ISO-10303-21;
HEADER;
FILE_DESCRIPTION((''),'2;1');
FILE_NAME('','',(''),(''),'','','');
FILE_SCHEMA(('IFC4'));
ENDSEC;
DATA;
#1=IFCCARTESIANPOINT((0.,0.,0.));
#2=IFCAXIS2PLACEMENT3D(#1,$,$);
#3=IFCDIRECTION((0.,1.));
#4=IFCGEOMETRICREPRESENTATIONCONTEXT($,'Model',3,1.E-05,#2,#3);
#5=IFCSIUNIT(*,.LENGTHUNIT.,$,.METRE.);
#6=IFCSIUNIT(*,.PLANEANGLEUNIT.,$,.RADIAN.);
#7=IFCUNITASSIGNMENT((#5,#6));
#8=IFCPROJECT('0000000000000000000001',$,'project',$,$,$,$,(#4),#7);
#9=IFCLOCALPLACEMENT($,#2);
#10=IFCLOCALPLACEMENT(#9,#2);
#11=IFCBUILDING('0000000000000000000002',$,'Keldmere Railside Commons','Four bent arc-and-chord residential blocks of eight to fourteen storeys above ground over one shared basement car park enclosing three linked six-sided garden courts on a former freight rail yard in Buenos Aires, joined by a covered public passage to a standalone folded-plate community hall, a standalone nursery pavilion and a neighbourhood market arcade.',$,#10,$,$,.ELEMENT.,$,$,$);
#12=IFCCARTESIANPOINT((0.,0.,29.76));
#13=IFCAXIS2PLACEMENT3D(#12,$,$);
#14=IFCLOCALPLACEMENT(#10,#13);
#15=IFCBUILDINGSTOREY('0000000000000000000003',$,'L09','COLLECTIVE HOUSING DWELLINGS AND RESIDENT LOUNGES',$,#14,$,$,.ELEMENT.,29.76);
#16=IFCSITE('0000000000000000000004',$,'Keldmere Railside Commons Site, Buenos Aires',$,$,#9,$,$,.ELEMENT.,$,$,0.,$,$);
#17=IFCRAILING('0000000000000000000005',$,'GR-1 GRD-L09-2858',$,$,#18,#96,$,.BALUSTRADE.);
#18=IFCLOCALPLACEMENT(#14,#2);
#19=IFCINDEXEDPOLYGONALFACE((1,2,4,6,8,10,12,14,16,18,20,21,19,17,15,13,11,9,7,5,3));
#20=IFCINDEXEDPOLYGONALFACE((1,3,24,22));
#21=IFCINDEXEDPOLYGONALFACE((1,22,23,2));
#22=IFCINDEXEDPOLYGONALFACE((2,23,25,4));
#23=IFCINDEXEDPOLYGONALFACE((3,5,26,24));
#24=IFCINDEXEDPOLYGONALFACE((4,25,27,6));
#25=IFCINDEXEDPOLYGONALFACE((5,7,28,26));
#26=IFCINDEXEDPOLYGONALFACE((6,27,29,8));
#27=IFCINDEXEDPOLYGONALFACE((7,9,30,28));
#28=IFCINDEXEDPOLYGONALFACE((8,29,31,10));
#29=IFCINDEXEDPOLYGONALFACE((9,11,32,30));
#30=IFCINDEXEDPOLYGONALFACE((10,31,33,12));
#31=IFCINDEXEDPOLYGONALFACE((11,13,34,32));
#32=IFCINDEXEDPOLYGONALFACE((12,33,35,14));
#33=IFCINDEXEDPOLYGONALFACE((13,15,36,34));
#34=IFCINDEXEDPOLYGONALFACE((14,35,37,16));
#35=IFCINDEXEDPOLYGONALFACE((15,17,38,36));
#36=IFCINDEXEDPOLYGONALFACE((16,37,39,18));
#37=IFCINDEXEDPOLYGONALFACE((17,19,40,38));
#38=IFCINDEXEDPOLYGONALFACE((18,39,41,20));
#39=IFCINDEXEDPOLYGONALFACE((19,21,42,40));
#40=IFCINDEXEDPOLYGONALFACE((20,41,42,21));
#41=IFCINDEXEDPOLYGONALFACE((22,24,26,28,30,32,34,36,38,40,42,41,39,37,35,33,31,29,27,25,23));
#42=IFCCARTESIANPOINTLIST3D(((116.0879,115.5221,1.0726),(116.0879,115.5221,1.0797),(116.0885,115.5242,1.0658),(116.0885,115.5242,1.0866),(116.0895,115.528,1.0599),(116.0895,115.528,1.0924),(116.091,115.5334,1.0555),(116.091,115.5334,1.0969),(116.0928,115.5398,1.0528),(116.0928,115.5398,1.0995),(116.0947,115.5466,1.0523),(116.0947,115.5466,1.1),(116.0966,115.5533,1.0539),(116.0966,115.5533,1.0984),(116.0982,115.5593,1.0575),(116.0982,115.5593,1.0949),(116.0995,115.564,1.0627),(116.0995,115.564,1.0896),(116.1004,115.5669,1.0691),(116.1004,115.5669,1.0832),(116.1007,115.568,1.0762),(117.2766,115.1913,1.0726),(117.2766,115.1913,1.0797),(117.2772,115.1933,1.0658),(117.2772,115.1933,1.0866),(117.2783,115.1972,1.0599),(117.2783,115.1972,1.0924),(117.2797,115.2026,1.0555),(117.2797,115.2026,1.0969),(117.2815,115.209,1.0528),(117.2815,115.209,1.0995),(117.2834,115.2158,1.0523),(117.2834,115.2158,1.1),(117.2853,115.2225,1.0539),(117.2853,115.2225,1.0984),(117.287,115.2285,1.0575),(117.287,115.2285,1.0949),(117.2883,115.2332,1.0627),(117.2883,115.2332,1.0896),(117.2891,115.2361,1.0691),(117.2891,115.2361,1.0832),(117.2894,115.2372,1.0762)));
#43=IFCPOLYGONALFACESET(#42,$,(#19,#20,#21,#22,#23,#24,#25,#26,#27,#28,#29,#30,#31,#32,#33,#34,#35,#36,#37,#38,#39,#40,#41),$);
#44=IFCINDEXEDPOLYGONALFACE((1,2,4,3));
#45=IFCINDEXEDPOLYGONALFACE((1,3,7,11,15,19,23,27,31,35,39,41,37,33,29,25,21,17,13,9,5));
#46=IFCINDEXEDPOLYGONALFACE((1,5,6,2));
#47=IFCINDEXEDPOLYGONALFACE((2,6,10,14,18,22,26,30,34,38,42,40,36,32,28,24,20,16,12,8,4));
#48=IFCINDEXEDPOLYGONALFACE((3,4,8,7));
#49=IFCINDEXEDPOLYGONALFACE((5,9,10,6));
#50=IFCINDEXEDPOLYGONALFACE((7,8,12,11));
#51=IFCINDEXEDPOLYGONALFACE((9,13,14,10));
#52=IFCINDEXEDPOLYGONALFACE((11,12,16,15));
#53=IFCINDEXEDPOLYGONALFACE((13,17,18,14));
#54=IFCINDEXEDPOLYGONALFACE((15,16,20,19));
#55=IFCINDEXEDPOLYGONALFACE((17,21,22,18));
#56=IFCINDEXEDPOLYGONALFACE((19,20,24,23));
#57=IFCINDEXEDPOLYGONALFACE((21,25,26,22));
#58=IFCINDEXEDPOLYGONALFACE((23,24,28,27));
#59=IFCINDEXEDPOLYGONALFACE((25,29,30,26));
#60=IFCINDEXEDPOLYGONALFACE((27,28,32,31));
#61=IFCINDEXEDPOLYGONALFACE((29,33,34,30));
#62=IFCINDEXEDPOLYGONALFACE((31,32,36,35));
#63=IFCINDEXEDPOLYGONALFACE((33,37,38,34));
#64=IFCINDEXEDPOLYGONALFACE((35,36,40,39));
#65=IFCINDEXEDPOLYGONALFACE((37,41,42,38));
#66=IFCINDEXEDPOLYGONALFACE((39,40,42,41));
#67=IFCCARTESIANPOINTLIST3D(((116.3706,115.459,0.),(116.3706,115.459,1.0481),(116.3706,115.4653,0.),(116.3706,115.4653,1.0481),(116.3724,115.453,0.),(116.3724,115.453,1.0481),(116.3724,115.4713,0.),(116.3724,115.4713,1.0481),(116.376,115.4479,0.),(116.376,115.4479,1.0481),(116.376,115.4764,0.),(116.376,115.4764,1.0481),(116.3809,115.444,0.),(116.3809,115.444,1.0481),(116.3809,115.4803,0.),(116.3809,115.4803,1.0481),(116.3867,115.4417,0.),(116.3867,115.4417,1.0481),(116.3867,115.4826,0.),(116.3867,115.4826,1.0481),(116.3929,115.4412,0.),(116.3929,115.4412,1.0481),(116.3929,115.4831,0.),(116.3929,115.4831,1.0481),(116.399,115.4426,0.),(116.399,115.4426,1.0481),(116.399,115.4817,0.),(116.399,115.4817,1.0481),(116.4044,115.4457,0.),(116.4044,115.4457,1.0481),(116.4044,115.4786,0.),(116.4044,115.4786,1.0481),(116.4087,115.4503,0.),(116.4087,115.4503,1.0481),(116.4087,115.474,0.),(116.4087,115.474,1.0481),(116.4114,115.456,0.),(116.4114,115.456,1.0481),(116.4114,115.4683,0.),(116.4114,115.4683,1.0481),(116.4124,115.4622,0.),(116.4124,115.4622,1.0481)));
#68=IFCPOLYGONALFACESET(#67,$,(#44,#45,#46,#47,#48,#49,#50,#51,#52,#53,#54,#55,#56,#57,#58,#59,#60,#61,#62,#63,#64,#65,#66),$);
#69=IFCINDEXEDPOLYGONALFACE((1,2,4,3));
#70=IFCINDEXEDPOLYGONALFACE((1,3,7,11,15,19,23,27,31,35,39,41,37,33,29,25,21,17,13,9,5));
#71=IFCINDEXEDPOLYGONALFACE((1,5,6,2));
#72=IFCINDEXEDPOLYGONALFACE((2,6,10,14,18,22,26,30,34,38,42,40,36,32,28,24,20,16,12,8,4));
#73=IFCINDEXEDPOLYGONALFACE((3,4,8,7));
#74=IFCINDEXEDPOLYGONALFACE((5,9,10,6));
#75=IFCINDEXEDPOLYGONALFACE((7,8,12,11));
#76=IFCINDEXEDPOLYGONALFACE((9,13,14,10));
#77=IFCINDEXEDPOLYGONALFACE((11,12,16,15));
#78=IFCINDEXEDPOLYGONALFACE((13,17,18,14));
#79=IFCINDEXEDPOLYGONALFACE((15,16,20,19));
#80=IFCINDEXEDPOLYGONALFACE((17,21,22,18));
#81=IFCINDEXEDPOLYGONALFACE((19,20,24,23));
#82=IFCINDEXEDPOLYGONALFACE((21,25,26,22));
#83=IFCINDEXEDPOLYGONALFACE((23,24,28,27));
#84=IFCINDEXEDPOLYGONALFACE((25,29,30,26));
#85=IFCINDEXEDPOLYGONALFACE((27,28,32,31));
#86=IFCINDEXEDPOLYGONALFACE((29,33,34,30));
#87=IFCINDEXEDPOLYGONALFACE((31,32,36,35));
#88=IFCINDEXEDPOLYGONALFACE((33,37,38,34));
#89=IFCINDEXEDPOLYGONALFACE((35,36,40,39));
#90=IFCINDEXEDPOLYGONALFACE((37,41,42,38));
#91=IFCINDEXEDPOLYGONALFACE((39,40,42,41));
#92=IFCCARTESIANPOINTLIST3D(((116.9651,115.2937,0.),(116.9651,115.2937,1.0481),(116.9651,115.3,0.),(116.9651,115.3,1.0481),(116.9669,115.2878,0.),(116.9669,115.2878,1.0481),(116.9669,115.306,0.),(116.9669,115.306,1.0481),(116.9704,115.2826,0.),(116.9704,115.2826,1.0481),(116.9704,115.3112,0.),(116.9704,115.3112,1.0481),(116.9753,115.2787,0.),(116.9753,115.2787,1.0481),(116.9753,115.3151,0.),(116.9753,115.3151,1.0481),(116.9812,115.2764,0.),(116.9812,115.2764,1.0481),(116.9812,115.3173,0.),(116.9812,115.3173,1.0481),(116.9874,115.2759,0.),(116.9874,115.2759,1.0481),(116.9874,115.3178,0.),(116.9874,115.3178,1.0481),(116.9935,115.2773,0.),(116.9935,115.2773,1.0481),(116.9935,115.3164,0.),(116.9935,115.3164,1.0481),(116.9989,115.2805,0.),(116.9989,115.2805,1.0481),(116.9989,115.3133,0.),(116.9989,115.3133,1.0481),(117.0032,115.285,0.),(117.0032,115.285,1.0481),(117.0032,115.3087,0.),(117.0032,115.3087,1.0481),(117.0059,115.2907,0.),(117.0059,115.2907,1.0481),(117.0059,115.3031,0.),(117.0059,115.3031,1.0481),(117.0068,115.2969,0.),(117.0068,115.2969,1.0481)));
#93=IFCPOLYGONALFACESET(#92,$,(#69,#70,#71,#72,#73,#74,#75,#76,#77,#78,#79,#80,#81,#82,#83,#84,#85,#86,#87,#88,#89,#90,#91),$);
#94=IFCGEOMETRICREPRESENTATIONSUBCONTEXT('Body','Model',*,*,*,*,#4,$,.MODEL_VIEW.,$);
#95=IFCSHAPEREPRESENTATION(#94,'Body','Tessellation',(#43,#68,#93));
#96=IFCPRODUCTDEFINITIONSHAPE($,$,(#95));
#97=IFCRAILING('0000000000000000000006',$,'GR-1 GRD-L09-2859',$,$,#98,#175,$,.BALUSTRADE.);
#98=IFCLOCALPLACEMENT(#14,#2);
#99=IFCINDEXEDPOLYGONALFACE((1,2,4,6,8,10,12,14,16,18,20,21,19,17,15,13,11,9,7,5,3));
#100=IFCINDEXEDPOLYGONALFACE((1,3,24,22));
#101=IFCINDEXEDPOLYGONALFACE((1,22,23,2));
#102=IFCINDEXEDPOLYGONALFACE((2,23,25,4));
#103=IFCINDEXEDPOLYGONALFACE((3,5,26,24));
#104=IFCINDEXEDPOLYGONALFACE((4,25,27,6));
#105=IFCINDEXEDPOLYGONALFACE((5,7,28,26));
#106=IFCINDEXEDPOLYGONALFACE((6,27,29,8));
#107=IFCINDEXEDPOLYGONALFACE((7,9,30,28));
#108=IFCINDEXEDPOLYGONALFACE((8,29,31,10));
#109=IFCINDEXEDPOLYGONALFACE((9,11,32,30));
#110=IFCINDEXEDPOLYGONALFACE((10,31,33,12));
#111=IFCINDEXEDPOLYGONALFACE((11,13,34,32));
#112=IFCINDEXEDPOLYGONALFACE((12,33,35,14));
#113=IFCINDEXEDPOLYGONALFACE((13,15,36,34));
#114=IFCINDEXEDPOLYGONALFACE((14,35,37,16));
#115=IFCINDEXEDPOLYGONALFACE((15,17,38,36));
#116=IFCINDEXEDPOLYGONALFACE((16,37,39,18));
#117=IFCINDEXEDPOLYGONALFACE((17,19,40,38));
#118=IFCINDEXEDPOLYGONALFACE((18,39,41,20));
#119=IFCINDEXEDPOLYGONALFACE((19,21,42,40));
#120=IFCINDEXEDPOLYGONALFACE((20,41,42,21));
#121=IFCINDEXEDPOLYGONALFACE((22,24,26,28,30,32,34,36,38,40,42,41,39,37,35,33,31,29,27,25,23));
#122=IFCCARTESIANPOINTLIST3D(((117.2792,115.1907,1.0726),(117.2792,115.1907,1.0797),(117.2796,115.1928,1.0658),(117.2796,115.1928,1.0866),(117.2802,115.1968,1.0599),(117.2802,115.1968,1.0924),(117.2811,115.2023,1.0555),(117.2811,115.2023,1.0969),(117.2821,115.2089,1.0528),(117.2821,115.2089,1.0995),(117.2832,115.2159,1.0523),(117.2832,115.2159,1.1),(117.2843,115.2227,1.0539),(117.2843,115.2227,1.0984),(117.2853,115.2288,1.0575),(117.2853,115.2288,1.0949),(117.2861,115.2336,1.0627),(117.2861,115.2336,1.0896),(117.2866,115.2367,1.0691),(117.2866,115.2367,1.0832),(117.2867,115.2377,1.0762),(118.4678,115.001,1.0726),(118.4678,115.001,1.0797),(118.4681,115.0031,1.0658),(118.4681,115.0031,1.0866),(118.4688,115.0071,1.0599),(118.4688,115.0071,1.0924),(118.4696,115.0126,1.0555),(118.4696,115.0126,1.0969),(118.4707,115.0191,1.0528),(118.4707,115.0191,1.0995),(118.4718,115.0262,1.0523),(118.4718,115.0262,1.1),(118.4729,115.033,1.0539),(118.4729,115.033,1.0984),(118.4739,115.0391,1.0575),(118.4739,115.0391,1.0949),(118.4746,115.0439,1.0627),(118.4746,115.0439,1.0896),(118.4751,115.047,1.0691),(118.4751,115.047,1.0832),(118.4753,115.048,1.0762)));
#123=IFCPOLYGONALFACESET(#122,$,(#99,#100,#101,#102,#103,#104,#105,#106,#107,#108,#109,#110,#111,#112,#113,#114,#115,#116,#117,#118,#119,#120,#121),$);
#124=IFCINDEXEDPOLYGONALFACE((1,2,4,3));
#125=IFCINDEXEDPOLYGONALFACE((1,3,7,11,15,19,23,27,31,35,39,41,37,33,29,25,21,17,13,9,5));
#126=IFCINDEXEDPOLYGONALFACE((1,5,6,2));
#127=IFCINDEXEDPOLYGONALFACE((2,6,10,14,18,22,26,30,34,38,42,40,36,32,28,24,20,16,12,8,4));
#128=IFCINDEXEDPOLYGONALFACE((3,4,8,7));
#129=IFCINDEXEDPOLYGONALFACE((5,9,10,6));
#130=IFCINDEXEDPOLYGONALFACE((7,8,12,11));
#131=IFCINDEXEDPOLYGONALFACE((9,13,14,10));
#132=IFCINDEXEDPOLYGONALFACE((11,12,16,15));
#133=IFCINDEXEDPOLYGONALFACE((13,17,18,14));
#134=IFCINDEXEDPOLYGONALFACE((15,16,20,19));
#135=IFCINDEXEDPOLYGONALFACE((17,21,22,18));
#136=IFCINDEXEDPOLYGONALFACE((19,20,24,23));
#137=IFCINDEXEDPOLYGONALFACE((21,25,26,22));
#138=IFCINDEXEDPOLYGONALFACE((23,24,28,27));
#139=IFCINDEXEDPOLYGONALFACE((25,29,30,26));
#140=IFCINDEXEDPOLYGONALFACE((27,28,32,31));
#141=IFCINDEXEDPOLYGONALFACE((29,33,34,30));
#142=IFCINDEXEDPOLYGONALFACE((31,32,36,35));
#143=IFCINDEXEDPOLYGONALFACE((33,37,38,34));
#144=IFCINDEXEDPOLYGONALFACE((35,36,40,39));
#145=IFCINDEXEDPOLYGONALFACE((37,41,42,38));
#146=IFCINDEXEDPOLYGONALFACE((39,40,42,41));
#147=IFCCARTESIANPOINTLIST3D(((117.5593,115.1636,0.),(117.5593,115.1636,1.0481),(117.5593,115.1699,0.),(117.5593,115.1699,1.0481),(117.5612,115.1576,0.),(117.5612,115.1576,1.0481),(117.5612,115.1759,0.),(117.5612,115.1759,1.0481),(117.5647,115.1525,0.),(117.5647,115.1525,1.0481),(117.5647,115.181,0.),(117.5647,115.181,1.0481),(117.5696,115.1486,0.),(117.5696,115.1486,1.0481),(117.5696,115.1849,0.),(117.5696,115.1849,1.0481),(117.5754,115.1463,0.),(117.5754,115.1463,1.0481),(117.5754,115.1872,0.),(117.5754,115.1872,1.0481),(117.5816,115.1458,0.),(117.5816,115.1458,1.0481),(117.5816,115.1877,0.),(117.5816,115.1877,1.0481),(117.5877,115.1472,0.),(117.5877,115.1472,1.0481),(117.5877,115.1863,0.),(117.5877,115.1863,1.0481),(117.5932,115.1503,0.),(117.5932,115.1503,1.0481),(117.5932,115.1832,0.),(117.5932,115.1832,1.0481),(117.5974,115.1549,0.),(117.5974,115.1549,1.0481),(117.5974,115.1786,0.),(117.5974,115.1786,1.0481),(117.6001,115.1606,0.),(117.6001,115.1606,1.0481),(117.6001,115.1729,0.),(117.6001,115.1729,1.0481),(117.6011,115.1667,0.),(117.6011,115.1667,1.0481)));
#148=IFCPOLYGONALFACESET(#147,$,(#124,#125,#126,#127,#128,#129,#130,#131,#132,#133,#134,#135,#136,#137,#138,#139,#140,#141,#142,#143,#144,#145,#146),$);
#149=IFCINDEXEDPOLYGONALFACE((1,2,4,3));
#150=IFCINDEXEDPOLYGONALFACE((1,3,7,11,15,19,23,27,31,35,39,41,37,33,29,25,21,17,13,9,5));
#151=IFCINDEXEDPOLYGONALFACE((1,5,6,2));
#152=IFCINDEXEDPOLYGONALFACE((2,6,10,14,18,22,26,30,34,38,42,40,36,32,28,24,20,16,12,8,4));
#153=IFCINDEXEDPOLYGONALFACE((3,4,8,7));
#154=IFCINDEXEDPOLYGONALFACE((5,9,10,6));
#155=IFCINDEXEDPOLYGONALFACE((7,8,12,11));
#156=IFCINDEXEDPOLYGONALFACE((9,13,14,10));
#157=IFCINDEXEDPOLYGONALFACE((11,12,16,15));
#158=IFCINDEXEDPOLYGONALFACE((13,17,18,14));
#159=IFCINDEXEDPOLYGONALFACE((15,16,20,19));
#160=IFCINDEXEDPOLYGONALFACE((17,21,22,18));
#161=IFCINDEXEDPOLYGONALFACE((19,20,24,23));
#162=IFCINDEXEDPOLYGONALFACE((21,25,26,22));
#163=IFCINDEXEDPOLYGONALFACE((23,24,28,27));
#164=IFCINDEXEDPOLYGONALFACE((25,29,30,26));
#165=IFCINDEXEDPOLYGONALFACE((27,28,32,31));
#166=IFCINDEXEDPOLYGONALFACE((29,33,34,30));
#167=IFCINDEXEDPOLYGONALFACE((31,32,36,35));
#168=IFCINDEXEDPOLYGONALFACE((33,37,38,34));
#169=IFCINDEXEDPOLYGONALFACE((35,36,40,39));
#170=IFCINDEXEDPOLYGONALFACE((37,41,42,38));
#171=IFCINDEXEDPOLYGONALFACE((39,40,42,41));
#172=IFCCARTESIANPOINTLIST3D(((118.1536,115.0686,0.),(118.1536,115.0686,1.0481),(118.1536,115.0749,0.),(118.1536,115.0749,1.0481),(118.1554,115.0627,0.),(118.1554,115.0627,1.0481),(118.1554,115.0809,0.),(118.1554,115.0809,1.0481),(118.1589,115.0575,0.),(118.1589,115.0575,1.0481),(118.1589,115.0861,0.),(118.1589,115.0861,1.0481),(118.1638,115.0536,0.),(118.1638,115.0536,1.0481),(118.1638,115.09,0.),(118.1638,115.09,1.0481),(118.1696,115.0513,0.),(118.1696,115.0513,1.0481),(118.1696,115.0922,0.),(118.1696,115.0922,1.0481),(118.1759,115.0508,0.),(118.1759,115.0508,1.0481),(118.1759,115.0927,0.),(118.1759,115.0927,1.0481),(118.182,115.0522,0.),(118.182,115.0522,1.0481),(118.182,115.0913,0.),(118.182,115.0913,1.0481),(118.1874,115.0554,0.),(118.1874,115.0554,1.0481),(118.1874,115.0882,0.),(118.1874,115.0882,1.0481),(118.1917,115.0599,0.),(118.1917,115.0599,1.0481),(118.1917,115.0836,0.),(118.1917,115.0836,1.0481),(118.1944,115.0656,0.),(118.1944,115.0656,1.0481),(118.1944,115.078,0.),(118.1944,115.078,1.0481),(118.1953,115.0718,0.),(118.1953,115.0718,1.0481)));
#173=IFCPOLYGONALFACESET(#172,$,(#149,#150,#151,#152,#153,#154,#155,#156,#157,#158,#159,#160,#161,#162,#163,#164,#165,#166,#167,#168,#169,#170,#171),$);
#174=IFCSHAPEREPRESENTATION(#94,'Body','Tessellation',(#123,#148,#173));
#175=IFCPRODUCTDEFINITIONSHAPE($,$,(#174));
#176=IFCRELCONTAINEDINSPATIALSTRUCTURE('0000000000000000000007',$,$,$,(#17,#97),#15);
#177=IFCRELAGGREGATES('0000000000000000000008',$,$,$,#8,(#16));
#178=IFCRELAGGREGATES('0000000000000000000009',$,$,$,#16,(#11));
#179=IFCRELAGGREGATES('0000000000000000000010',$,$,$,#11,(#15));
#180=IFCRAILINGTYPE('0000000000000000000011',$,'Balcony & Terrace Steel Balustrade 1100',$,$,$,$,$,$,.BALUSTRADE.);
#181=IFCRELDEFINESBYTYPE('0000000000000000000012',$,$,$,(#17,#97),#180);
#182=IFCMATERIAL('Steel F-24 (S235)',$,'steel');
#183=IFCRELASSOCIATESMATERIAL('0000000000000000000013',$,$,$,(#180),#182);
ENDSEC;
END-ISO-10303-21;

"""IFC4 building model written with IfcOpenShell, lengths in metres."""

from ifc_helpers import new_model, si_unit, direction, frame, origin, origin_2d, place, context, subcontext, project, spatial, circle, extrude, material, type_object, element, save


model = new_model("IFC4")

# Units and contexts
model_context = context("Model", 3, precision=1e-05, world=origin(), true_north=direction((0.0, 1.0)))
body_context = subcontext(model_context, "Body", "Model", "MODEL_VIEW")
ifc_project = project(units=[si_unit("LENGTHUNIT", "METRE"), si_unit("PLANEANGLEUNIT", "RADIAN")], contexts=[model_context])

# Site, building, storey
site_placement = place(None, origin())
site = spatial("IfcSite", under=ifc_project, at=site_placement, Name="Keldmere Railside Commons Site, Buenos Aires", CompositionType="ELEMENT", RefElevation=0.0)
building_placement = place(site_placement, origin())
building = spatial("IfcBuilding", under=site, at=building_placement, Name="Keldmere Railside Commons", Description="Four bent arc-and-chord residential blocks of eight to fourteen storeys above ground over one shared basement car park enclosing three linked six-sided garden courts on a former freight rail yard in Buenos Aires, joined by a covered public passage to a standalone folded-plate community hall, a standalone nursery pavilion and a neighbourhood market arcade.", CompositionType="ELEMENT")
storey_placement = place(building_placement, frame((0.0, 0.0, 29.76)))
storey = spatial("IfcBuildingStorey", under=building, at=storey_placement, Name="L09", Description="COLLECTIVE HOUSING DWELLINGS AND RESIDENT LOUNGES", CompositionType="ELEMENT", Elevation=29.76)

# Railings
ifc_material_1 = material(Name="Steel F-24 (S235)", Category="steel")
railing_type = type_object("IfcRailingType", Name="Balcony & Terrace Steel Balustrade 1100", PredefinedType="BALUSTRADE", material=ifc_material_1)
railing_1_placement = place(storey_placement, frame((116.0942, 115.5449, 0.0)))
element("IfcRailing", 1, at=railing_1_placement, inside=storey, type_object=railing_type, Name="GR-1 GRD-L09-2858", PredefinedType="BALUSTRADE", context=body_context, shape_type="SweptSolid", body=[
    extrude(circle(Radius=0.0239, at=origin_2d()), frame((0.0, 0.0, 1.0762), z_axis=(0.96339, -0.268103, 0.0), x_axis=(0.268103, 0.96339, 0.0)), (0.0, 0.0, 1.0), 1.2339),
    extrude(circle(Radius=0.021, at=origin_2d()), frame((0.2971, -0.0828, 0.0)), (0.0, 0.0, 1.0), 1.0481),
    extrude(circle(Radius=0.021, at=origin_2d()), frame((0.8916, -0.248, 0.0)), (0.0, 0.0, 1.0), 1.0481),
])
railing_2_placement = place(storey_placement, frame((117.283, 115.2141, 0.0)))
element("IfcRailing", 2, at=railing_2_placement, inside=storey, type_object=railing_type, Name="GR-1 GRD-L09-2859", PredefinedType="BALUSTRADE", context=body_context, shape_type="SweptSolid", body=[
    extrude(circle(Radius=0.0239, at=origin_2d()), frame((0.0, 0.0, 1.0762), z_axis=(0.9875, -0.157619, 0.0), x_axis=(0.157619, 0.9875, 0.0)), (0.0, 0.0, 1.0), 1.2036),
    extrude(circle(Radius=0.021, at=origin_2d()), frame((0.2971, -0.0474, 0.0)), (0.0, 0.0, 1.0), 1.0481),
    extrude(circle(Radius=0.021, at=origin_2d()), frame((0.8914, -0.1423, 0.0)), (0.0, 0.0, 1.0), 1.0481),
])

save(model, "model.ifc")
